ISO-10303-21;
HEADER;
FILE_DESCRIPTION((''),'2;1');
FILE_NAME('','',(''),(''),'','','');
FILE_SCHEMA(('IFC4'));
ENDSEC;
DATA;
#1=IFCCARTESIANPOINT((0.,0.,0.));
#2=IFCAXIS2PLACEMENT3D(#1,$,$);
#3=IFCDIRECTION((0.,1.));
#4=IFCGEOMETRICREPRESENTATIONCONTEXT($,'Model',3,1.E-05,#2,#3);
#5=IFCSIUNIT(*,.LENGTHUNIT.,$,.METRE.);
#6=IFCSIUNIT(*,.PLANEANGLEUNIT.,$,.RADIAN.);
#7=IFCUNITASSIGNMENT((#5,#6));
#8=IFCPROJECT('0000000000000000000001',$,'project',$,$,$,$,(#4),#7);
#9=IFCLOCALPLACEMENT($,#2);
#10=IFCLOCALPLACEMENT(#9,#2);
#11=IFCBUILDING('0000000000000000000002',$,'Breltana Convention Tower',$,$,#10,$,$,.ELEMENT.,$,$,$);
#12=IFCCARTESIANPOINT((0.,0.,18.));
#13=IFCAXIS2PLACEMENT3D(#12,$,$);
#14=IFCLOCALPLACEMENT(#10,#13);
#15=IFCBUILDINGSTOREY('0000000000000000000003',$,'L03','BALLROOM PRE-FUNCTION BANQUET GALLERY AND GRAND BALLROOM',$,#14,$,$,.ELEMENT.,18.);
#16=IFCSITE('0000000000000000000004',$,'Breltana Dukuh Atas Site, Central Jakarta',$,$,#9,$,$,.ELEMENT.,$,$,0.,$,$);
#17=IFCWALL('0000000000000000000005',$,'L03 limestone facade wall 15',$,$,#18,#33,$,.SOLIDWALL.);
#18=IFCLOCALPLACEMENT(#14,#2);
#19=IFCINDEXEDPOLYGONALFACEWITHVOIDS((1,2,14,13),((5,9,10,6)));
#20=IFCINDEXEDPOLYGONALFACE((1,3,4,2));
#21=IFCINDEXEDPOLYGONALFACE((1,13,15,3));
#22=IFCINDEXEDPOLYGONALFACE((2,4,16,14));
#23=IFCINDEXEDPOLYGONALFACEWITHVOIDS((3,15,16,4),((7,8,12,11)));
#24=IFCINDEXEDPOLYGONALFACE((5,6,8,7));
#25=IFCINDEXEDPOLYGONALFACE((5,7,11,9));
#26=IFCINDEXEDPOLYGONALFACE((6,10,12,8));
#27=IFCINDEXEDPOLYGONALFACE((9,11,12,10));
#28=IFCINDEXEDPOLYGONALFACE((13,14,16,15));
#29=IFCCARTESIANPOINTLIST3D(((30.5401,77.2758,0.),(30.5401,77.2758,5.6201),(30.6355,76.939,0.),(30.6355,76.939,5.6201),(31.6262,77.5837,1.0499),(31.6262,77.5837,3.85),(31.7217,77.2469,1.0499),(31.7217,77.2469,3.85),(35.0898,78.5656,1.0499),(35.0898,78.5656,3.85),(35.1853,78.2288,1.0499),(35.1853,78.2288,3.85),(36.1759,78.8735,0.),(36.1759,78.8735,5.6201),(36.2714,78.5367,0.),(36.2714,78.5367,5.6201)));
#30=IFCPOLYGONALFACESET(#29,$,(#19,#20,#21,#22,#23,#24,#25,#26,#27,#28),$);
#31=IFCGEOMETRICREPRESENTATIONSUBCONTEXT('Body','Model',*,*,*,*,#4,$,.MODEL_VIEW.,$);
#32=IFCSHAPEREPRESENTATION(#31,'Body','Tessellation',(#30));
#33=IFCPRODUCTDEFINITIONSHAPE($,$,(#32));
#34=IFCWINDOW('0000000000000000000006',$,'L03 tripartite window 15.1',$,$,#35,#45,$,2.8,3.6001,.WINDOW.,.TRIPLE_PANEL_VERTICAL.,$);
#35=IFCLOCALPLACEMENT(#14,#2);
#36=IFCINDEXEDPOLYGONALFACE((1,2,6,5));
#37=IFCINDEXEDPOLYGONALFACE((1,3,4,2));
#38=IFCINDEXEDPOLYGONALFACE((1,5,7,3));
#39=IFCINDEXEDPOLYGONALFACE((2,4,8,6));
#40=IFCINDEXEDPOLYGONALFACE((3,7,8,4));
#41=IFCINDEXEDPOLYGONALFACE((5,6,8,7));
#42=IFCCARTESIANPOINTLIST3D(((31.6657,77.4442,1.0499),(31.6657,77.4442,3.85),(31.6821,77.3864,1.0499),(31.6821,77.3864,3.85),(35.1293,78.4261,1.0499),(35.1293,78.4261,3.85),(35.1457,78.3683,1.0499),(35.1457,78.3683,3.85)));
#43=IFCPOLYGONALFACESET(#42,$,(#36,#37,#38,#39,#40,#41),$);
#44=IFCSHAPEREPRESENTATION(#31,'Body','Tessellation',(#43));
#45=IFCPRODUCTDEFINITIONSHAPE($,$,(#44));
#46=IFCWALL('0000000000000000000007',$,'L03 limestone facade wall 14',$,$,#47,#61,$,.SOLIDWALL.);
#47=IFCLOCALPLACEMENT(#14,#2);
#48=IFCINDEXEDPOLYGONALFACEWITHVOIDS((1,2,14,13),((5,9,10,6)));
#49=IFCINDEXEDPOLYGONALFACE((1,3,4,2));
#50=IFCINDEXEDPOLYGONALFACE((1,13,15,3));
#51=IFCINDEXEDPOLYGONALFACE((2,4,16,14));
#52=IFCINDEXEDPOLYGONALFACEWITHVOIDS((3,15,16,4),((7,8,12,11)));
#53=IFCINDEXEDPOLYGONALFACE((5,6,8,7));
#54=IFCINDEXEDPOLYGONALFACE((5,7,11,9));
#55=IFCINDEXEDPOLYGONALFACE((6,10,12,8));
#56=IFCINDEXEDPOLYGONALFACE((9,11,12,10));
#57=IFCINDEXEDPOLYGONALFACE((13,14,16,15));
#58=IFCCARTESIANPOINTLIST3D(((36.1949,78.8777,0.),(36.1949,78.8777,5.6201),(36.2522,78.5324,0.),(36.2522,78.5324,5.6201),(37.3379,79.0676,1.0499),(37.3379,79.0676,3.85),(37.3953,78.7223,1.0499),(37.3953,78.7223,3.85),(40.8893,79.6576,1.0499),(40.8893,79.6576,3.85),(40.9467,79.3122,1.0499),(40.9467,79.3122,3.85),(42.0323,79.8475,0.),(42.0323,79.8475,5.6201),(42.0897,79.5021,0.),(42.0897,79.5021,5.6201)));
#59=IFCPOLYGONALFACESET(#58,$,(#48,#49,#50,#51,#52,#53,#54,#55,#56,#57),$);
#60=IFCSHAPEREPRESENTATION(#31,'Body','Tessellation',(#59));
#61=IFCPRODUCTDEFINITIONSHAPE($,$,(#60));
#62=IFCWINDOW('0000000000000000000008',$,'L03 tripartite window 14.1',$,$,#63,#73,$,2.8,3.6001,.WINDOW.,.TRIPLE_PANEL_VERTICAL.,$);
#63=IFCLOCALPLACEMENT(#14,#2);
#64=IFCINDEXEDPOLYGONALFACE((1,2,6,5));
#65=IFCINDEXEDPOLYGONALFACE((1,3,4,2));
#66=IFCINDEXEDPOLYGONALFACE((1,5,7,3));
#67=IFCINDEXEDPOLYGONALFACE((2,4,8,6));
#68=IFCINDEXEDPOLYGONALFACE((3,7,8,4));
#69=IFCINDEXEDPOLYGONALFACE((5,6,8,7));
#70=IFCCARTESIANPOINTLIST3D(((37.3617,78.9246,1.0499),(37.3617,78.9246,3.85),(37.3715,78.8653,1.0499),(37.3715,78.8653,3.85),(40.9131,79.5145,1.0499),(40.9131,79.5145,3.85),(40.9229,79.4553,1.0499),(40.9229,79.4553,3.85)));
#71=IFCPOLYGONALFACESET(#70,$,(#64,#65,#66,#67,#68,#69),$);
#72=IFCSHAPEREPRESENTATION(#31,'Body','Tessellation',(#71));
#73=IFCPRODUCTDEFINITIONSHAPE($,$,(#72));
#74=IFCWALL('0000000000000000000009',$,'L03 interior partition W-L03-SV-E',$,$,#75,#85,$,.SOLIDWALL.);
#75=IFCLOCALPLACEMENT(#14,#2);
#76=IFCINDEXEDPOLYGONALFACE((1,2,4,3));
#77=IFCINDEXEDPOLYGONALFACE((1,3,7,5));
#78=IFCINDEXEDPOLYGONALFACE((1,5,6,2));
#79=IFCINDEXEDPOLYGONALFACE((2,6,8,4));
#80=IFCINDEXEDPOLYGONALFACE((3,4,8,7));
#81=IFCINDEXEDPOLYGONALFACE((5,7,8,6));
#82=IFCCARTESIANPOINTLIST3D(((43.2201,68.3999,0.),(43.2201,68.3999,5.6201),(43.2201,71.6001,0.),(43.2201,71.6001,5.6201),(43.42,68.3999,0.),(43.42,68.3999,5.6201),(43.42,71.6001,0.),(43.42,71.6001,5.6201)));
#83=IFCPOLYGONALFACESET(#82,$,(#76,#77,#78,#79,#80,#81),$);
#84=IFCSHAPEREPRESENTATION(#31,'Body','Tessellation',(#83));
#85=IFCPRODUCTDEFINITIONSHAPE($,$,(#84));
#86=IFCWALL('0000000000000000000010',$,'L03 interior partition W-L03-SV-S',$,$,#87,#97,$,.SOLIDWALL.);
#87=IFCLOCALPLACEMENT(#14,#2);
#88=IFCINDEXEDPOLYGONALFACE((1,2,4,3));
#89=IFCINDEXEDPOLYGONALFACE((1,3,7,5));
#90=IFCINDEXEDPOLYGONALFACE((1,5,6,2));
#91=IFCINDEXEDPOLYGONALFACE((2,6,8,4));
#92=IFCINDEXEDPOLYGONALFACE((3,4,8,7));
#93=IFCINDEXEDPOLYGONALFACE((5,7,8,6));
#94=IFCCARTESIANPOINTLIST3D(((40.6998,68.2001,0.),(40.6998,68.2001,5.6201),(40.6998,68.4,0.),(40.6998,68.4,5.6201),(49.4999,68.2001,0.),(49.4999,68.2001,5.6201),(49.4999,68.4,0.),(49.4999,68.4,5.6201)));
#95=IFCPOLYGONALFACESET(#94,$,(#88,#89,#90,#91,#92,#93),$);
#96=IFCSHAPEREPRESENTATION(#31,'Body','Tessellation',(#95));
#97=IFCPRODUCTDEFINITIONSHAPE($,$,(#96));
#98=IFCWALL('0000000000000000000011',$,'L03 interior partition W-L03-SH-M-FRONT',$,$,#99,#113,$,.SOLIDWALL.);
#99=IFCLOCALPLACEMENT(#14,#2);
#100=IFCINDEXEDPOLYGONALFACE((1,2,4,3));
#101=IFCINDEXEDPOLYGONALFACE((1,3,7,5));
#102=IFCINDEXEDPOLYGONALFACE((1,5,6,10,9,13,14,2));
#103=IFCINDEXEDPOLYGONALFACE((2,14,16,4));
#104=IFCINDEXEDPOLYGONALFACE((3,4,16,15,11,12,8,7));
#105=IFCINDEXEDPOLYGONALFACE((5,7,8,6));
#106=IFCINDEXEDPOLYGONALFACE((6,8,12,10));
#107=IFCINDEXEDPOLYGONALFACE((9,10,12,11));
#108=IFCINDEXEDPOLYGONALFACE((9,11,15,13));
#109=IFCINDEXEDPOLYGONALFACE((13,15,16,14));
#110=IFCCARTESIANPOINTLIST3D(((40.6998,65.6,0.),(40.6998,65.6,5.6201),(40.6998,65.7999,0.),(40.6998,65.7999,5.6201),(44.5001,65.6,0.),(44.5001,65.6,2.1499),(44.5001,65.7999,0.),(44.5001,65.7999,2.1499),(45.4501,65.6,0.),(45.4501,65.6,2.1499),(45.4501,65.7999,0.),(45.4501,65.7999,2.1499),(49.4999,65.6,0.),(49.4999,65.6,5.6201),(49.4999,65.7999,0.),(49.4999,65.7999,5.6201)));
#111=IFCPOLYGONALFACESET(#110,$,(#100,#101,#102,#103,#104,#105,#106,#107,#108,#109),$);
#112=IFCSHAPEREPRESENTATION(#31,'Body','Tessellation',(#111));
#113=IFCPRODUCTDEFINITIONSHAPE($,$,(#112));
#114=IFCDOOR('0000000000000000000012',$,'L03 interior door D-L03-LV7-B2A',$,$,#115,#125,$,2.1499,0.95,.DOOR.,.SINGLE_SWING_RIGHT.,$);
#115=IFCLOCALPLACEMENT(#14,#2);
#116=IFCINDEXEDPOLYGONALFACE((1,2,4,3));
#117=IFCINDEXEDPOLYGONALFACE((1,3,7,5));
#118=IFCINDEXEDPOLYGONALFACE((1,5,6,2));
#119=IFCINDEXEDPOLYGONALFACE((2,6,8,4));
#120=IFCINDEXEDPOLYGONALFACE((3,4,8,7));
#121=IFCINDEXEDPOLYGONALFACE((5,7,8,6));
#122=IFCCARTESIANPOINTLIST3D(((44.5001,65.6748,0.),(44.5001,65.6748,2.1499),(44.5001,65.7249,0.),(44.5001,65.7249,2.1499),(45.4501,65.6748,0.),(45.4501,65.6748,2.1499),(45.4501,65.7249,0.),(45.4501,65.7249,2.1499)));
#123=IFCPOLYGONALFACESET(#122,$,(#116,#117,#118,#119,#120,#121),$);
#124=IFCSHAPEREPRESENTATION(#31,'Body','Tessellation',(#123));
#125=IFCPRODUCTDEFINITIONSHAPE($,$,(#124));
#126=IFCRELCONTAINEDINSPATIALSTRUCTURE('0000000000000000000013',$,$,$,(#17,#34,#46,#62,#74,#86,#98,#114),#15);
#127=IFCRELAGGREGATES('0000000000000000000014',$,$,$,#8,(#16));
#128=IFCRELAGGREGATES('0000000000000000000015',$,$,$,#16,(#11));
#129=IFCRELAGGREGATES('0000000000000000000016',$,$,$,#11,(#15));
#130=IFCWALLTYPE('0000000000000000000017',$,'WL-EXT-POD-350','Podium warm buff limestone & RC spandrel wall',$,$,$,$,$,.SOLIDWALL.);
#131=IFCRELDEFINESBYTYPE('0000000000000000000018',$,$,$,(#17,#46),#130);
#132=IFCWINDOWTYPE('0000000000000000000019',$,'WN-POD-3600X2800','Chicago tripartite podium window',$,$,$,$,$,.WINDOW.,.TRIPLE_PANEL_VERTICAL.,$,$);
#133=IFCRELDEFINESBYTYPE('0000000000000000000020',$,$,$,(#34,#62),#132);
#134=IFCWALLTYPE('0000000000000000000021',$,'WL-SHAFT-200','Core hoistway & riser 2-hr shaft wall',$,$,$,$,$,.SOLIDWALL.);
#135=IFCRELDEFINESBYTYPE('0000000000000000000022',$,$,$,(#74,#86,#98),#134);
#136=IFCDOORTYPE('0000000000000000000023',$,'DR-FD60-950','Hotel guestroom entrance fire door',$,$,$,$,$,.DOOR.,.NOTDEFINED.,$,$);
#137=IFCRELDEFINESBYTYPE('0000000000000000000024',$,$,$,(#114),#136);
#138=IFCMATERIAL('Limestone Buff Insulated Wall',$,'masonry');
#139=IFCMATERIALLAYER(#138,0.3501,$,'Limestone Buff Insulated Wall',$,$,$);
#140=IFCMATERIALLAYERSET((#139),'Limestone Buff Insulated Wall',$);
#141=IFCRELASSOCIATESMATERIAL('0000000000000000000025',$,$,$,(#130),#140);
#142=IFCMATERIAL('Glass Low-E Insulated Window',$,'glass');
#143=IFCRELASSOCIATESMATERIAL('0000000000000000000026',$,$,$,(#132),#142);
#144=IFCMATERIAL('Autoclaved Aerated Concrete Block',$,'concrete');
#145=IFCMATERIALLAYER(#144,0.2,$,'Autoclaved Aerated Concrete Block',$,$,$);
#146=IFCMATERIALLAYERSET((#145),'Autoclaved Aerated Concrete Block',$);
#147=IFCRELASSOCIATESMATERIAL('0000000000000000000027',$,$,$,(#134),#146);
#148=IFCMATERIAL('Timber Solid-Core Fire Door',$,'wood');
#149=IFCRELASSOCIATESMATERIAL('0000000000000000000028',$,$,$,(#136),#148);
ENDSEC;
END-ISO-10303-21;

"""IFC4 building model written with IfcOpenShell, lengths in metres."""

from ifc_helpers import new_model, si_unit, direction, frame, frame_2d, origin, place, context, subcontext, project, spatial, rectangle, extrude, source, transform, mapped, material, layer, layer_set, type_object, type_shapes, element, fill, save


model = new_model("IFC4")

# Units and contexts
model_context = context("Model", 3, precision=1e-05, world=origin(), true_north=direction((0.0, 1.0)))
body_context = subcontext(model_context, "Body", "Model", "MODEL_VIEW")
ifc_project = project(units=[si_unit("LENGTHUNIT", "METRE"), si_unit("PLANEANGLEUNIT", "RADIAN")], contexts=[model_context])

# Site, building, storey
site_placement = place(None, origin())
site = spatial("IfcSite", under=ifc_project, at=site_placement, Name="Breltana Dukuh Atas Site, Central Jakarta", CompositionType="ELEMENT", RefElevation=0.0)
building_placement = place(site_placement, origin())
building = spatial("IfcBuilding", under=site, at=building_placement, Name="Breltana Convention Tower", CompositionType="ELEMENT")
storey_placement = place(building_placement, frame((0.0, 0.0, 18.0)))
storey = spatial("IfcBuildingStorey", under=building, at=storey_placement, Name="L03", Description="BALLROOM PRE-FUNCTION BANQUET GALLERY AND GRAND BALLROOM", CompositionType="ELEMENT", Elevation=18.0)

# Walls, openings, windows
ifc_material_1 = material(Name="Limestone Buff Insulated Wall", Category="masonry")
ifc_layer_1 = layer(ifc_material_1, 0.3501, Name="Limestone Buff Insulated Wall")
ifc_layer_set_1 = layer_set([ifc_layer_1], Name="Limestone Buff Insulated Wall")
wall_type_1 = type_object("IfcWallType", Name="WL-EXT-POD-350", Description="Podium warm buff limestone & RC spandrel wall", PredefinedType="SOLIDWALL", material=ifc_layer_set_1)
shared_shape_1 = source(origin(), body_context, "Body", "SweptSolid", [
    extrude(rectangle(XDim=5.8579, YDim=0.3501, at=frame_2d((2.929, 0.0))), origin(), (0.0, 0.0, 1.0), 5.6201),
])
wall_1_placement = place(storey_placement, frame((36.2236, 78.7051, 0.0), z_axis=(0.0, 0.0, 1.0), x_axis=(-0.962088, -0.272739, 0.0)))
wall_1 = element("IfcWall", 1, at=wall_1_placement, inside=storey, type_object=wall_type_1, Name="L03 limestone facade wall 15", PredefinedType="SOLIDWALL", context=body_context, shape_type="MappedRepresentation", body=[
    mapped(shared_shape_1, transform((0.0, 0.0, 0.0), scale=1.0)),
])
opening_1_placement = place(wall_1_placement, frame((1.1289, 0.0, 1.05)))
opening_1 = element("IfcOpeningElement", 2, at=opening_1_placement, cuts=wall_1, PredefinedType="OPENING", context=body_context, shape_type="SweptSolid", body=[
    extrude(rectangle(XDim=3.6001, YDim=2.8, at=frame_2d((1.8, 1.3999))), frame((0.0, 0.1851, 0.0), z_axis=(0.0, -1.0, 0.0), x_axis=(1.0, 0.0, 0.0)), (0.0, 0.0, 1.0), 0.3701),
])
ifc_material_2 = material(Name="Glass Low-E Insulated Window", Category="glass")
window_type = type_object("IfcWindowType", Name="WN-POD-3600X2800", Description="Chicago tripartite podium window", PartitioningType="TRIPLE_PANEL_VERTICAL", PredefinedType="WINDOW", material=ifc_material_2)
shared_shape_2 = source(origin(), body_context, "Body", "SweptSolid", [
    extrude(rectangle(XDim=3.6001, YDim=2.8, at=frame_2d((1.8, 1.3999))), frame((0.0, 0.03, 0.0), z_axis=(0.0, -1.0, 0.0), x_axis=(1.0, 0.0, 0.0)), (0.0, 0.0, 1.0), 0.0601),
])
type_shapes(window_type, [shared_shape_2])
window_1_placement = place(opening_1_placement, origin())
window_1 = element("IfcWindow", 3, at=window_1_placement, inside=storey, type_object=window_type, Name="L03 tripartite window 15.1", OverallHeight=2.8, OverallWidth=3.6001, PartitioningType="TRIPLE_PANEL_VERTICAL", PredefinedType="WINDOW", context=body_context, shape_type="MappedRepresentation", body=[
    mapped(shared_shape_2, transform((0.0, 0.0, 0.0), scale=1.0)),
])
fill(opening_1, window_1)
shared_shape_3 = source(origin(), body_context, "Body", "SweptSolid", [
    extrude(rectangle(XDim=5.9175, YDim=0.3501, at=frame_2d((2.9587, 0.0))), origin(), (0.0, 0.0, 1.0), 5.6201),
])
wall_2_placement = place(storey_placement, frame((42.061, 79.6748, 0.0), z_axis=(0.0, 0.0, 1.0), x_axis=(-0.986481, -0.163877, 0.0)))
wall_2 = element("IfcWall", 4, at=wall_2_placement, inside=storey, type_object=wall_type_1, Name="L03 limestone facade wall 14", PredefinedType="SOLIDWALL", context=body_context, shape_type="MappedRepresentation", body=[
    mapped(shared_shape_3, transform((0.0, 0.0, 0.0), scale=1.0)),
])
opening_2_placement = place(wall_2_placement, frame((1.1587, 0.0, 1.05)))
opening_2 = element("IfcOpeningElement", 5, at=opening_2_placement, cuts=wall_2, PredefinedType="OPENING", context=body_context, shape_type="SweptSolid", body=[
    extrude(rectangle(XDim=3.6001, YDim=2.8, at=frame_2d((1.8, 1.3999))), frame((0.0, 0.1851, 0.0), z_axis=(0.0, -1.0, 0.0), x_axis=(1.0, 0.0, 0.0)), (0.0, 0.0, 1.0), 0.3701),
])
window_2_placement = place(opening_2_placement, origin())
window_2 = element("IfcWindow", 6, at=window_2_placement, inside=storey, type_object=window_type, Name="L03 tripartite window 14.1", OverallHeight=2.8, OverallWidth=3.6001, PartitioningType="TRIPLE_PANEL_VERTICAL", PredefinedType="WINDOW", context=body_context, shape_type="MappedRepresentation", body=[
    mapped(shared_shape_2, transform((0.0, 0.0, 0.0), scale=1.0)),
])
fill(opening_2, window_2)

# Walls
ifc_material_3 = material(Name="Autoclaved Aerated Concrete Block", Category="concrete")
ifc_layer_2 = layer(ifc_material_3, 0.2, Name="Autoclaved Aerated Concrete Block")
ifc_layer_set_2 = layer_set([ifc_layer_2], Name="Autoclaved Aerated Concrete Block")
wall_type_2 = type_object("IfcWallType", Name="WL-SHAFT-200", Description="Core hoistway & riser 2-hr shaft wall", PredefinedType="SOLIDWALL", material=ifc_layer_set_2)
shared_shape_4 = source(origin(), body_context, "Body", "SweptSolid", [
    extrude(rectangle(XDim=3.2002, YDim=0.2, at=frame_2d((1.6001, 0.0))), origin(), (0.0, 0.0, 1.0), 5.6201),
])
wall_3_placement = place(storey_placement, frame((43.3201, 68.3999, 0.0), z_axis=(0.0, 0.0, 1.0), x_axis=(0.0, 1.0, 0.0)))
element("IfcWall", 7, at=wall_3_placement, inside=storey, type_object=wall_type_2, Name="L03 interior partition W-L03-SV-E", PredefinedType="SOLIDWALL", context=body_context, shape_type="MappedRepresentation", body=[
    mapped(shared_shape_4, transform((0.0, 0.0, 0.0), scale=1.0)),
])
shared_shape_5 = source(origin(), body_context, "Body", "SweptSolid", [
    extrude(rectangle(XDim=8.8, YDim=0.2, at=frame_2d((4.3999, 0.0))), origin(), (0.0, 0.0, 1.0), 5.6201),
])
wall_4_placement = place(storey_placement, frame((40.7, 68.3, 0.0), z_axis=(0.0, 0.0, 1.0), x_axis=(1.0, 0.0, 0.0)))
element("IfcWall", 8, at=wall_4_placement, inside=storey, type_object=wall_type_2, Name="L03 interior partition W-L03-SV-S", PredefinedType="SOLIDWALL", context=body_context, shape_type="MappedRepresentation", body=[
    mapped(shared_shape_5, transform((0.0, 0.0, 0.0), scale=1.0)),
])

# Wall, opening, door
wall_5_placement = place(storey_placement, frame((40.7, 65.7, 0.0), z_axis=(0.0, 0.0, 1.0), x_axis=(1.0, 0.0, 0.0)))
wall_5 = element("IfcWall", 9, at=wall_5_placement, inside=storey, type_object=wall_type_2, Name="L03 interior partition W-L03-SH-M-FRONT", PredefinedType="SOLIDWALL", context=body_context, shape_type="MappedRepresentation", body=[
    mapped(shared_shape_5, transform((0.0, 0.0, 0.0), scale=1.0)),
])
opening_3_placement = place(wall_5_placement, frame((3.8, 0.0, 0.0)))
opening_3 = element("IfcOpeningElement", 10, at=opening_3_placement, cuts=wall_5, PredefinedType="OPENING", context=body_context, shape_type="SweptSolid", body=[
    extrude(rectangle(XDim=0.95, YDim=2.1499, at=frame_2d((0.4751, 1.075))), frame((0.0, 0.1099, 0.0), z_axis=(0.0, -1.0, 0.0), x_axis=(1.0, 0.0, 0.0)), (0.0, 0.0, 1.0), 0.22),
])
ifc_material_4 = material(Name="Timber Solid-Core Fire Door", Category="wood")
door_type_1 = type_object("IfcDoorType", Name="DR-FD60-950", Description="Hotel guestroom entrance fire door", OperationType="NOTDEFINED", PredefinedType="DOOR", material=ifc_material_4)
shared_shape_6 = source(origin(), body_context, "Body", "SweptSolid", [
    extrude(rectangle(XDim=0.95, YDim=2.1499, at=frame_2d((0.4751, 1.075))), frame((0.0, 0.0249, 0.0), z_axis=(0.0, -1.0, 0.0), x_axis=(1.0, 0.0, 0.0)), (0.0, 0.0, 1.0), 0.05),
])
type_shapes(door_type_1, [shared_shape_6])
door_1_placement = place(opening_3_placement, origin())
door_1 = element("IfcDoor", 11, at=door_1_placement, inside=storey, type_object=door_type_1, Name="L03 interior door D-L03-LV7-B2A", OperationType="SINGLE_SWING_RIGHT", OverallHeight=2.1499, OverallWidth=0.95, PredefinedType="DOOR", context=body_context, shape_type="MappedRepresentation", body=[
    mapped(shared_shape_6, transform((0.0, 0.0, 0.0), scale=1.0)),
])
fill(opening_3, door_1)

save(model, "model.ifc")
